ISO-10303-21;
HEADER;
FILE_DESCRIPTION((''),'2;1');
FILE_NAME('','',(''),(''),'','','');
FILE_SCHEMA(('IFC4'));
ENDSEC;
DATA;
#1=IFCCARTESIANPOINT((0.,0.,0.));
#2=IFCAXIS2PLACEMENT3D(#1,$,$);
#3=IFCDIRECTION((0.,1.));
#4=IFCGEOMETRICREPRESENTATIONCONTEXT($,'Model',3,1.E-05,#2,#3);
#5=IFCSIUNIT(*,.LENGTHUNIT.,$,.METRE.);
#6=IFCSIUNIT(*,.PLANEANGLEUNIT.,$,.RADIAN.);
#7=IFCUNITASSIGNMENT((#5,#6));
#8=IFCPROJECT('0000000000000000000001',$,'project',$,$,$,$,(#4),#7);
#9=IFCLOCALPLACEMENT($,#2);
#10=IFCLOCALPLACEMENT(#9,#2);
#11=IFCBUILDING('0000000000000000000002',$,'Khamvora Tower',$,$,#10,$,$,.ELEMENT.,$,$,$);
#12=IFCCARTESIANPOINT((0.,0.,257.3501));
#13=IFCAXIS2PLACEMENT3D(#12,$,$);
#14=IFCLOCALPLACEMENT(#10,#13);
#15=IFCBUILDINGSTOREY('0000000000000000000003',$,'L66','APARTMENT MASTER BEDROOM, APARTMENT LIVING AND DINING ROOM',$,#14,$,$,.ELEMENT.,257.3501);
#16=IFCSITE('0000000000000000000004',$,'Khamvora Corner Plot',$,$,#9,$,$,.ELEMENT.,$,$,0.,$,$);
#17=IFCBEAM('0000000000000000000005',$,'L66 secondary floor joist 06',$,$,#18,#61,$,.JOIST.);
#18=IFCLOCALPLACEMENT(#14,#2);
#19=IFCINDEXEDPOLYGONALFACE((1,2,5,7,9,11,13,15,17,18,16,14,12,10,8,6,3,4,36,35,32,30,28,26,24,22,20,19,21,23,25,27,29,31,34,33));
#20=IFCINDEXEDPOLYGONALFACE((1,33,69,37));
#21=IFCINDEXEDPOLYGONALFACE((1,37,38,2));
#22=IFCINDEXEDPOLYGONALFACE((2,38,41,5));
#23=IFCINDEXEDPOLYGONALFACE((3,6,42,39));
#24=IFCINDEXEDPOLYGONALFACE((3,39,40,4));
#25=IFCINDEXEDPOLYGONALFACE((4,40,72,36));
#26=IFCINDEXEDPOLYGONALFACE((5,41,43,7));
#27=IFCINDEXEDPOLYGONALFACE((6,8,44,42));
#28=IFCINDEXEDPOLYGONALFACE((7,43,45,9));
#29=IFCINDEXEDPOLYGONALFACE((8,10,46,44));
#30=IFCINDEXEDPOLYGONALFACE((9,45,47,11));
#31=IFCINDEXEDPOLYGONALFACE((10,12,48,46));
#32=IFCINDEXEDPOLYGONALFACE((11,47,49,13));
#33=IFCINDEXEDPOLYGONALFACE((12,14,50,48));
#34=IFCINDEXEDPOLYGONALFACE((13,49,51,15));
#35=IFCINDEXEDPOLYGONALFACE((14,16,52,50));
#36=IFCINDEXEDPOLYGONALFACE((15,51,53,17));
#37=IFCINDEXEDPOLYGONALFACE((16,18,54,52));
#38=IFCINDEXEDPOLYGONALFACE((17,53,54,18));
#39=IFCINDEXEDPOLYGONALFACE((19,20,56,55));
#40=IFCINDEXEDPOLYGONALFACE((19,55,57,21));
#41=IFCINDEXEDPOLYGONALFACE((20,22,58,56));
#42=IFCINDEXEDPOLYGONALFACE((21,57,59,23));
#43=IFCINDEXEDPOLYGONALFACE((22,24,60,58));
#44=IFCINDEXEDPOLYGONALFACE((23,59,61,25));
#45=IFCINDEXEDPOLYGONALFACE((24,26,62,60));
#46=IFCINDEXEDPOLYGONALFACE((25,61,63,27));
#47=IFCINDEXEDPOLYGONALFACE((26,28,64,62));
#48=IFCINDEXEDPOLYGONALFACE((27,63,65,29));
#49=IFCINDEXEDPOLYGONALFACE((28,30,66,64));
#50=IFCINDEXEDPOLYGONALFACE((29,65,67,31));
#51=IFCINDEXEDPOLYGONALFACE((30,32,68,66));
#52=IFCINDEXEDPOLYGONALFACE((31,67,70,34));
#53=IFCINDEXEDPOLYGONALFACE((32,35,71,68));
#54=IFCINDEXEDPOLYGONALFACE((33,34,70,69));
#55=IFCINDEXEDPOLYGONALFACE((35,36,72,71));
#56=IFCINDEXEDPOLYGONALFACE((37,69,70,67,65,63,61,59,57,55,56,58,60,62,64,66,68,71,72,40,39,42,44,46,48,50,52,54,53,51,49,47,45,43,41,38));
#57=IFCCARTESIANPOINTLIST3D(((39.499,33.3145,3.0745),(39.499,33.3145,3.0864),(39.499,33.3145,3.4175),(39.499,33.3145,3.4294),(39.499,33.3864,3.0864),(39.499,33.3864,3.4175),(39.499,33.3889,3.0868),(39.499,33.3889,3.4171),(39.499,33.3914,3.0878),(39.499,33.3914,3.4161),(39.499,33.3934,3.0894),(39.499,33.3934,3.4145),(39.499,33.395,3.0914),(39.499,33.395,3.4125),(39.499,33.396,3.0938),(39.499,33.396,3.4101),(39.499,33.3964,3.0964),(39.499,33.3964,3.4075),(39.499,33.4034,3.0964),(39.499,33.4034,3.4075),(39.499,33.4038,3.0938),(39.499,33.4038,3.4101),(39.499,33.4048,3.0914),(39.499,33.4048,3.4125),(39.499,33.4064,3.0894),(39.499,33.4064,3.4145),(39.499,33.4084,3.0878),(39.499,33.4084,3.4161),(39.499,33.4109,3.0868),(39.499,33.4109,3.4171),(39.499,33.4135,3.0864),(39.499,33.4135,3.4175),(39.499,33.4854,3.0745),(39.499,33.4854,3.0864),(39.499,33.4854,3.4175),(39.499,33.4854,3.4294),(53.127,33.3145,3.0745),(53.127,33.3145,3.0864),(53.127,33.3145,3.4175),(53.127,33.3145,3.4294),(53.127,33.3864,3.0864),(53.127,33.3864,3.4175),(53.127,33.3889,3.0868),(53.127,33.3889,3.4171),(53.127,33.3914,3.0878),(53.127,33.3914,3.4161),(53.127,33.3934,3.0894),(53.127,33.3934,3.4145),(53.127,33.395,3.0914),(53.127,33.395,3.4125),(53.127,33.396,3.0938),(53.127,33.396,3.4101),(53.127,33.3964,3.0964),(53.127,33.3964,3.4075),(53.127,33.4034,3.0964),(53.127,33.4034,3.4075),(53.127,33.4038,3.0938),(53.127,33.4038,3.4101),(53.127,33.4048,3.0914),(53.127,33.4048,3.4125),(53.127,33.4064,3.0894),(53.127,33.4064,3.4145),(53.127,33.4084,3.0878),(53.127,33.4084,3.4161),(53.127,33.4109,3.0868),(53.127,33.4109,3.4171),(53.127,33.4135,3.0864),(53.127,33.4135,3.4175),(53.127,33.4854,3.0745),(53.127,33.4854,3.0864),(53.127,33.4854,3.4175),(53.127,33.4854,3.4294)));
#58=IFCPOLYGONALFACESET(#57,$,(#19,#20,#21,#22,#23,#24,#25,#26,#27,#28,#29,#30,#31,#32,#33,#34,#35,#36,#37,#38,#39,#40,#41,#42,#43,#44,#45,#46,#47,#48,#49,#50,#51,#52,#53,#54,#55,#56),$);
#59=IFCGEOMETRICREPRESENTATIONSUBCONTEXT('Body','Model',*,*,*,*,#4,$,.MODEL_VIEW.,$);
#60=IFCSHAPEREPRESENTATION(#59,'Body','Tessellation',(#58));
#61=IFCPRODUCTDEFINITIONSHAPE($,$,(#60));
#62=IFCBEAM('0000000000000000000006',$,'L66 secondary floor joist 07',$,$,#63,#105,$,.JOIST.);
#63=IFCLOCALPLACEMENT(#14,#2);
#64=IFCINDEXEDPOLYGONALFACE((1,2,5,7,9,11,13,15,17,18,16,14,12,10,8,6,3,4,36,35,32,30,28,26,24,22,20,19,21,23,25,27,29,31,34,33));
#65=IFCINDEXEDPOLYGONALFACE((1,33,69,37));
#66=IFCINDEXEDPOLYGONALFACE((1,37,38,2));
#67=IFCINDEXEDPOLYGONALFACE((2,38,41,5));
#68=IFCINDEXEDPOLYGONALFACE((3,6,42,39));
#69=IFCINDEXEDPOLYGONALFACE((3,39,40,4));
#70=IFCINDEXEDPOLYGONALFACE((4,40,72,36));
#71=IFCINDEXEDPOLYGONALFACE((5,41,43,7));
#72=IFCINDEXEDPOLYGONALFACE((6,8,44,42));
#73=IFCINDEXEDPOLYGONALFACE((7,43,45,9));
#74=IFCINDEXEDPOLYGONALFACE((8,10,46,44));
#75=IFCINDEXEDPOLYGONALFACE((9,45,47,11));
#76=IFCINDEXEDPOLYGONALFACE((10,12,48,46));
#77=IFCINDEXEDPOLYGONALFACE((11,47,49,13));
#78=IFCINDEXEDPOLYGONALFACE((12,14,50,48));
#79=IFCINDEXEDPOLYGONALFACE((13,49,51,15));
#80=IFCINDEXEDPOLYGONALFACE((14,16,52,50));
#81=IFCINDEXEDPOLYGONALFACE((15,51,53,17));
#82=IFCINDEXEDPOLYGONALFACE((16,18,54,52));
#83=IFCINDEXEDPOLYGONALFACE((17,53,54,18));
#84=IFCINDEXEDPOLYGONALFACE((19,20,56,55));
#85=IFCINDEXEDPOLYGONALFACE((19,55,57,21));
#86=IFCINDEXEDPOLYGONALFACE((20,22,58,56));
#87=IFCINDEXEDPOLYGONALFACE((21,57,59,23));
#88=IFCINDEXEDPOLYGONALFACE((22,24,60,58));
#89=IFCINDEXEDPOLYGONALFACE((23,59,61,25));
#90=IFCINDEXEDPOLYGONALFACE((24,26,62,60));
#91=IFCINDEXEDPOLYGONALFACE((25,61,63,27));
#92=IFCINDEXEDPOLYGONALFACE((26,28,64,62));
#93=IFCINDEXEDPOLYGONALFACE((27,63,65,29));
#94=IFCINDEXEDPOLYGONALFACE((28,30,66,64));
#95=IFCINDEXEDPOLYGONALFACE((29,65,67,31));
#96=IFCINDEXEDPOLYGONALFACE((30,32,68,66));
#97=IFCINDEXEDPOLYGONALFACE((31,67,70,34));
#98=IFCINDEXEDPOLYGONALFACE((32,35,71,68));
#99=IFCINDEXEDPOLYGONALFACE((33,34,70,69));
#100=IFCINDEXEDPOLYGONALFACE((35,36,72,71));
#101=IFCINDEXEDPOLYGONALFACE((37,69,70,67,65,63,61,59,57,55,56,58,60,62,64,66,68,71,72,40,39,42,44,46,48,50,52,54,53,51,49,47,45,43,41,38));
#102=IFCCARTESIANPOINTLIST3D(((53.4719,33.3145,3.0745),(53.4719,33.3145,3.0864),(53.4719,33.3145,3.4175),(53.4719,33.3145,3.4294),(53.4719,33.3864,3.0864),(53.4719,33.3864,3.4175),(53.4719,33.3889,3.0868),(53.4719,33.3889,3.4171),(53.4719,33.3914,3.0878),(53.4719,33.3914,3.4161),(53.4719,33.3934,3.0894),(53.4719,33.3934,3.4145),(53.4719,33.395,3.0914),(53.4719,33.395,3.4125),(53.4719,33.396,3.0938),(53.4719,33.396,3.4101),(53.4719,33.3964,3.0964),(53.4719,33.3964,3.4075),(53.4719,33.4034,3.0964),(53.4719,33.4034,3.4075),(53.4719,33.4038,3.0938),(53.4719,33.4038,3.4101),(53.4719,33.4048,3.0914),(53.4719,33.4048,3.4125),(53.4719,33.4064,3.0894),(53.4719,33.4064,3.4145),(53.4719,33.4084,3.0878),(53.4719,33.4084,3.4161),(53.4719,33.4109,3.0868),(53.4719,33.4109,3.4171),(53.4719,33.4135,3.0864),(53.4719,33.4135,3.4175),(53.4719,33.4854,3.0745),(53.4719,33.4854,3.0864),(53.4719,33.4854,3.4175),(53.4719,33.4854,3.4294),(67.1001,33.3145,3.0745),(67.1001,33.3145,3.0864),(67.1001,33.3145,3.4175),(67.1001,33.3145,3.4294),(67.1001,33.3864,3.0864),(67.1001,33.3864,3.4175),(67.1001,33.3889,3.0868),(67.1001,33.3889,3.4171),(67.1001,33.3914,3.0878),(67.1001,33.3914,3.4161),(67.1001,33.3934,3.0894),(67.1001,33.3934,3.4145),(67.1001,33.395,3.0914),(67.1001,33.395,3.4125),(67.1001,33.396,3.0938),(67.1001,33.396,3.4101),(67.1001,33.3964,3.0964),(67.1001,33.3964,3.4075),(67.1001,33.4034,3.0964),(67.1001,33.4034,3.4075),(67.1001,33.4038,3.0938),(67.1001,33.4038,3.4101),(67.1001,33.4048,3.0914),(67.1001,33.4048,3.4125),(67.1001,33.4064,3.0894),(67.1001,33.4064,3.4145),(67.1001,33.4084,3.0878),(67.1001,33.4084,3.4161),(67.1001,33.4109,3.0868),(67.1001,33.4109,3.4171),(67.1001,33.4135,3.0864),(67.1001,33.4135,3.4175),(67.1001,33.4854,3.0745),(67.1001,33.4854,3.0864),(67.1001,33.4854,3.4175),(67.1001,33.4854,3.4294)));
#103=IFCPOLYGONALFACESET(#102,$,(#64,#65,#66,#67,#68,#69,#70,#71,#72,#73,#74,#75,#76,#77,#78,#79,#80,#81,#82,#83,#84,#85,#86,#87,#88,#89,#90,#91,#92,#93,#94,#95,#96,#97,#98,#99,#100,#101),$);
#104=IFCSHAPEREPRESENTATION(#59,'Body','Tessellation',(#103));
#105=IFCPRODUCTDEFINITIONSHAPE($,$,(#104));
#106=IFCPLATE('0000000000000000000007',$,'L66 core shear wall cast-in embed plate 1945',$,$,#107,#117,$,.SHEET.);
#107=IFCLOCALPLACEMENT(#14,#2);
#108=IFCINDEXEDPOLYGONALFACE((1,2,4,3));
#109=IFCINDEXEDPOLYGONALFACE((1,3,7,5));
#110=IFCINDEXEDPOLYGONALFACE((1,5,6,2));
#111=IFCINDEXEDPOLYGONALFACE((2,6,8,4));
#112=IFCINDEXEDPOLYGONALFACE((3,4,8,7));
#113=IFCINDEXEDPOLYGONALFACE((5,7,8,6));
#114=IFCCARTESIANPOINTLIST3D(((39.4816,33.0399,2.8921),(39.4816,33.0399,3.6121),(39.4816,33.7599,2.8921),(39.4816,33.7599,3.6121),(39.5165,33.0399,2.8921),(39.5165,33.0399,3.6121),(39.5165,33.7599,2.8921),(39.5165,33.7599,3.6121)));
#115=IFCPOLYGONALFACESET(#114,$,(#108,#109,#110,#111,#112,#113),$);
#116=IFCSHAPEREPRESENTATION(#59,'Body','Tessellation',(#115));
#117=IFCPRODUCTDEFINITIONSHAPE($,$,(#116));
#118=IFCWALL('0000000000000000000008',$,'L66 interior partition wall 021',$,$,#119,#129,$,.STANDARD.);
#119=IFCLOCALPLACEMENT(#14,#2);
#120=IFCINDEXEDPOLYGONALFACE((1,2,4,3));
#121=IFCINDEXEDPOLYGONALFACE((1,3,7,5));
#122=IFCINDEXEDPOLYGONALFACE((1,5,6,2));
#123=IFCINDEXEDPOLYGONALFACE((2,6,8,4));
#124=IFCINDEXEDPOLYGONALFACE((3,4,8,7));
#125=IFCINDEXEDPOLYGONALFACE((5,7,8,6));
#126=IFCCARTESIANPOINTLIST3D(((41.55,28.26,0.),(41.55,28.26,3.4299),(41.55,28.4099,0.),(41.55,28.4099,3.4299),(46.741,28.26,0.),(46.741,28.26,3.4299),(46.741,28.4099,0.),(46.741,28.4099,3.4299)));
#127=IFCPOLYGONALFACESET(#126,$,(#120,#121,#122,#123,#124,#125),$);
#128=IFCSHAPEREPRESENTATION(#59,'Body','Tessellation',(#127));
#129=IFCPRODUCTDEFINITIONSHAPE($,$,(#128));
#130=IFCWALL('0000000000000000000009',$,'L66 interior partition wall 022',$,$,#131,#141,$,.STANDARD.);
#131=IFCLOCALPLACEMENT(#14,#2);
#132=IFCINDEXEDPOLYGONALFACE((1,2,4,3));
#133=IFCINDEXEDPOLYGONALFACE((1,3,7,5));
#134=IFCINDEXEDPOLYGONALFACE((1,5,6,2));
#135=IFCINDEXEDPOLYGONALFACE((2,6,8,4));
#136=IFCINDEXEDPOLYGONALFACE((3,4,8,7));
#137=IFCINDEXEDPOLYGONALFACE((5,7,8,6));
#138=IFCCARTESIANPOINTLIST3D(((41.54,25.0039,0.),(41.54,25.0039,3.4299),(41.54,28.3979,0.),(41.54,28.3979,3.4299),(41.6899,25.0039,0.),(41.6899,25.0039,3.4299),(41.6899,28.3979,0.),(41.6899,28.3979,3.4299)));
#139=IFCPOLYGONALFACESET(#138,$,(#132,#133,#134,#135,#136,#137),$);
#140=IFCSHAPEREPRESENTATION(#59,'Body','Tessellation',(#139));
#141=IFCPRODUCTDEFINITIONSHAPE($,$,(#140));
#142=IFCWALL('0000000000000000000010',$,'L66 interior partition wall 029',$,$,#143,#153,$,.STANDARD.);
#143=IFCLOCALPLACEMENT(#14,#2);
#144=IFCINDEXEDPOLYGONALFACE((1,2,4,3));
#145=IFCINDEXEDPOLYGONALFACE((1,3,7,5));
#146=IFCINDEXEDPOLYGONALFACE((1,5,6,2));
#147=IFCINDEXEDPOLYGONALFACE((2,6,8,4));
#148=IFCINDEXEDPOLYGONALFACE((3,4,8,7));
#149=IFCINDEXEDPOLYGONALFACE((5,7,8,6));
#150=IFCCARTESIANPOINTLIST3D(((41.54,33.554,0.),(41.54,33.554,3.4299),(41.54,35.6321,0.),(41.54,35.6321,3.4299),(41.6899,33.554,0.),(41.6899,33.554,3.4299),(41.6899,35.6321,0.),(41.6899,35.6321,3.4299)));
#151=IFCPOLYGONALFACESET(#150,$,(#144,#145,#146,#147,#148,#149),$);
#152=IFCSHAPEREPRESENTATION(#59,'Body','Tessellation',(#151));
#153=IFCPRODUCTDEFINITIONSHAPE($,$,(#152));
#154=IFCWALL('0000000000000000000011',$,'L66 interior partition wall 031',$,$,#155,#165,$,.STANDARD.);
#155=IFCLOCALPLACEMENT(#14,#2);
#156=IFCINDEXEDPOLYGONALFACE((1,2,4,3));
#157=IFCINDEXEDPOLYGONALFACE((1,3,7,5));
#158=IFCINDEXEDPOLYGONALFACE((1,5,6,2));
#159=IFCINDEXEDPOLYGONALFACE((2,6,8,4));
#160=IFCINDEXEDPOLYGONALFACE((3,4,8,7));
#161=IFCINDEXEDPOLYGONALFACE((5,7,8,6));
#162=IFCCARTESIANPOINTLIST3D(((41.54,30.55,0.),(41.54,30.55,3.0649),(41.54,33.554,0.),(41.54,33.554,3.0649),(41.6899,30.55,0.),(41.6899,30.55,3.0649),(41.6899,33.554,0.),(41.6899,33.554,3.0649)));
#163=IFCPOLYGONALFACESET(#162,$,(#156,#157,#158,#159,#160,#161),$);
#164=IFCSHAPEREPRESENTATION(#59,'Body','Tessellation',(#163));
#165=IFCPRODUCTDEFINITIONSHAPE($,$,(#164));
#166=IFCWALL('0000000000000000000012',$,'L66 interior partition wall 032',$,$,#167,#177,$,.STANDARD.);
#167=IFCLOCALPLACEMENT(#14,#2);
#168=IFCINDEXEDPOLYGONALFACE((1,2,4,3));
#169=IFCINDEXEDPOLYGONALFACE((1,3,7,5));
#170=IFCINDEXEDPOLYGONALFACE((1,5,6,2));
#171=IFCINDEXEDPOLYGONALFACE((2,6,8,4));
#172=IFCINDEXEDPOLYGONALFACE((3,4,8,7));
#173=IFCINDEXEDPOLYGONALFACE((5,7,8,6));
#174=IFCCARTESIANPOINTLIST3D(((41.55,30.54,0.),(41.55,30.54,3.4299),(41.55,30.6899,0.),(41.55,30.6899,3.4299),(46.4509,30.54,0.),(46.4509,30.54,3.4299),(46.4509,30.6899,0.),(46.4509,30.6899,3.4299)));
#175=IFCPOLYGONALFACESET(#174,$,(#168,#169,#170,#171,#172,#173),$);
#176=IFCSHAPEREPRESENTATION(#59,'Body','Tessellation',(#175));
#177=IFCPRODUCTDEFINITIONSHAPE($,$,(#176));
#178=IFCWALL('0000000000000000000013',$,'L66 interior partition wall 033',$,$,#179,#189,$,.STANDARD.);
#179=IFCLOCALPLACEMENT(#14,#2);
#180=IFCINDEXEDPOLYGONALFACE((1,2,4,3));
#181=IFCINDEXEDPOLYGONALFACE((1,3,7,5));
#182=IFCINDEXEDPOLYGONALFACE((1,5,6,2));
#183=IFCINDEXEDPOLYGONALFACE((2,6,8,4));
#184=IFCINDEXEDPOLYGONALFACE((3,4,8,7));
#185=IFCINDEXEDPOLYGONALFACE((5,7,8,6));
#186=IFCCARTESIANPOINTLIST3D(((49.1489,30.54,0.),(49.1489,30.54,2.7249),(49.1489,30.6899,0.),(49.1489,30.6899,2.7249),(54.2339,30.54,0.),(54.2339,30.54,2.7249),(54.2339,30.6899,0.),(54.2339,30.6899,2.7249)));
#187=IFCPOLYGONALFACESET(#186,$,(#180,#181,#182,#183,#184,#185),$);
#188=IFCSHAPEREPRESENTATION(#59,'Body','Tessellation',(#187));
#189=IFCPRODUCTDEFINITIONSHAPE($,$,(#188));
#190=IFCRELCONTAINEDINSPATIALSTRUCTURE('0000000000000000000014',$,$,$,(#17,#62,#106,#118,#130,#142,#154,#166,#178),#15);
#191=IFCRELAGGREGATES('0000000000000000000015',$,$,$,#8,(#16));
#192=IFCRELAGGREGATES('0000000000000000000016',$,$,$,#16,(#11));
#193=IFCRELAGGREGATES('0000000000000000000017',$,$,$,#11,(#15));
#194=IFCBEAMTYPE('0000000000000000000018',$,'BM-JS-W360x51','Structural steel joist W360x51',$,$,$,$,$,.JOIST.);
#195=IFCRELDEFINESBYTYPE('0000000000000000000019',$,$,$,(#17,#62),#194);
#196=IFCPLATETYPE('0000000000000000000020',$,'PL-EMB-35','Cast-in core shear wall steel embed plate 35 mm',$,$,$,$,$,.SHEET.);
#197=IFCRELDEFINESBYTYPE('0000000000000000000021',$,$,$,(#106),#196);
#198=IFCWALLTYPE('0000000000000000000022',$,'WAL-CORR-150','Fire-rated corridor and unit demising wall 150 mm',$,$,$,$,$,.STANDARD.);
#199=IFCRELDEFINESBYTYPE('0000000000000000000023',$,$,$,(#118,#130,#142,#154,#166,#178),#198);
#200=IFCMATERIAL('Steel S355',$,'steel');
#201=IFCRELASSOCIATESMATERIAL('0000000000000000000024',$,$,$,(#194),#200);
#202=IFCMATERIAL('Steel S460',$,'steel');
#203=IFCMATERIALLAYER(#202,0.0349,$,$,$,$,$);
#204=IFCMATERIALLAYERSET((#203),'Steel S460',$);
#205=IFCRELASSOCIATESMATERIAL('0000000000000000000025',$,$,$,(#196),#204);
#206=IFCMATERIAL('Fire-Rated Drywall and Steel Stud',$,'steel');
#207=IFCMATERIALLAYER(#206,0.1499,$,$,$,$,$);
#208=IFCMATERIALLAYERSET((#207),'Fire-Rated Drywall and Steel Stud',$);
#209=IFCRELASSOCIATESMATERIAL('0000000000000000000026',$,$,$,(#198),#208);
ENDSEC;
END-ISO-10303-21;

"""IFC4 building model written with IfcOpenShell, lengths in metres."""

from ifc_helpers import new_model, si_unit, direction, frame, frame_2d, origin, origin_2d, place, context, subcontext, project, spatial, rectangle, i_section, extrude, material, layer, layer_set, material_profile, profile_set, type_object, element, save


model = new_model("IFC4")

# Units and contexts
model_context = context("Model", 3, precision=1e-05, world=origin(), true_north=direction((0.0, 1.0)))
body_context = subcontext(model_context, "Body", "Model", "MODEL_VIEW")
ifc_project = project(units=[si_unit("LENGTHUNIT", "METRE"), si_unit("PLANEANGLEUNIT", "RADIAN")], contexts=[model_context])

# Site, building, storey
site_placement = place(None, origin())
site = spatial("IfcSite", under=ifc_project, at=site_placement, Name="Khamvora Corner Plot", CompositionType="ELEMENT", RefElevation=0.0)
building_placement = place(site_placement, origin())
building = spatial("IfcBuilding", under=site, at=building_placement, Name="Khamvora Tower", CompositionType="ELEMENT")
storey_placement = place(building_placement, frame((0.0, 0.0, 257.3501)))
storey = spatial("IfcBuildingStorey", under=building, at=storey_placement, Name="L66", Description="APARTMENT MASTER BEDROOM, APARTMENT LIVING AND DINING ROOM", CompositionType="ELEMENT", Elevation=257.3501)

# Beams
ifc_material_1 = material(Name="Steel S355", Category="steel")
ifc_material_profile = material_profile(ifc_material_1, i_section(OverallWidth=0.1709, OverallDepth=0.355, WebThickness=0.0071, FlangeThickness=0.012, FilletRadius=0.01, at=origin_2d()), Name="W360x51")
ifc_profile_set = profile_set([ifc_material_profile], Name="Steel S355")
beam_type = type_object("IfcBeamType", Name="BM-JS-W360x51", Description="Structural steel joist W360x51", PredefinedType="JOIST", material=ifc_profile_set)
beam_1_placement = place(storey_placement, frame((39.499, 33.3999, 3.252), z_axis=(1.0, 0.0, 0.0), x_axis=(0.0, 1.0, 0.0)))
element("IfcBeam", 1, at=beam_1_placement, inside=storey, type_object=beam_type, Name="L66 secondary floor joist 06", PredefinedType="JOIST", context=body_context, shape_type="SweptSolid", body=[
    extrude(i_section(OverallWidth=0.1709, OverallDepth=0.355, WebThickness=0.0071, FlangeThickness=0.012, FilletRadius=0.01, at=origin_2d()), origin(), (0.0, 0.0, 1.0), 13.6279),
])
beam_2_placement = place(storey_placement, frame((53.4719, 33.3999, 3.252), z_axis=(1.0, 0.0, 0.0), x_axis=(0.0, 1.0, 0.0)))
element("IfcBeam", 2, at=beam_2_placement, inside=storey, type_object=beam_type, Name="L66 secondary floor joist 07", PredefinedType="JOIST", context=body_context, shape_type="SweptSolid", body=[
    extrude(i_section(OverallWidth=0.1709, OverallDepth=0.355, WebThickness=0.0071, FlangeThickness=0.012, FilletRadius=0.01, at=origin_2d()), origin(), (0.0, 0.0, 1.0), 13.6282),
])

# Plate
ifc_material_2 = material(Name="Steel S460", Category="steel")
ifc_layer_1 = layer(ifc_material_2, 0.0349)
ifc_layer_set_1 = layer_set([ifc_layer_1], Name="Steel S460")
plate_type = type_object("IfcPlateType", Name="PL-EMB-35", Description="Cast-in core shear wall steel embed plate 35 mm", PredefinedType="SHEET", material=ifc_layer_set_1)
plate_placement = place(storey_placement, frame((39.499, 33.3999, 2.8921), z_axis=(0.0, 0.0, 1.0), x_axis=(1.0, 0.0, 0.0)))
element("IfcPlate", 3, at=plate_placement, inside=storey, type_object=plate_type, Name="L66 core shear wall cast-in embed plate 1945", PredefinedType="SHEET", context=body_context, shape_type="SweptSolid", body=[
    extrude(rectangle(XDim=0.0349, YDim=0.72, at=origin_2d()), origin(), (0.0, 0.0, 1.0), 0.72),
])

# Shared definitions
ifc_material_3 = material(Name="Fire-Rated Drywall and Steel Stud", Category="steel")
ifc_layer_2 = layer(ifc_material_3, 0.1499)
ifc_layer_set_2 = layer_set([ifc_layer_2], Name="Fire-Rated Drywall and Steel Stud")
wall_type_1 = type_object("IfcWallType", Name="WAL-CORR-150", Description="Fire-rated corridor and unit demising wall 150 mm", PredefinedType="STANDARD", material=ifc_layer_set_2)

# Walls
wall_1_placement = place(storey_placement, frame((46.741, 28.335, 0.0), z_axis=(0.0, 0.0, 1.0), x_axis=(-1.0, 0.0, 0.0)))
element("IfcWall", 4, at=wall_1_placement, inside=storey, type_object=wall_type_1, Name="L66 interior partition wall 021", PredefinedType="STANDARD", context=body_context, shape_type="SweptSolid", body=[
    extrude(rectangle(XDim=5.1909, YDim=0.1499, at=frame_2d((2.5955, 0.0))), origin(), (0.0, 0.0, 1.0), 3.4299),
])
wall_2_placement = place(storey_placement, frame((41.615, 28.3979, 0.0), z_axis=(0.0, 0.0, 1.0), x_axis=(0.0, -1.0, 0.0)))
element("IfcWall", 5, at=wall_2_placement, inside=storey, type_object=wall_type_1, Name="L66 interior partition wall 022", PredefinedType="STANDARD", context=body_context, shape_type="SweptSolid", body=[
    extrude(rectangle(XDim=3.394, YDim=0.1499, at=frame_2d((1.697, 0.0))), origin(), (0.0, 0.0, 1.0), 3.4299),
])
wall_3_placement = place(storey_placement, frame((41.615, 35.6321, 0.0), z_axis=(0.0, 0.0, 1.0), x_axis=(0.0, -1.0, 0.0)))
element("IfcWall", 6, at=wall_3_placement, inside=storey, type_object=wall_type_1, Name="L66 interior partition wall 029", PredefinedType="STANDARD", context=body_context, shape_type="SweptSolid", body=[
    extrude(rectangle(XDim=2.0781, YDim=0.1499, at=frame_2d((1.0391, 0.0))), origin(), (0.0, 0.0, 1.0), 3.4299),
])

# Walls
wall_4_placement = place(storey_placement, frame((41.615, 33.554, 0.0), z_axis=(0.0, 0.0, 1.0), x_axis=(0.0, -1.0, 0.0)))
element("IfcWall", 7, at=wall_4_placement, inside=storey, type_object=wall_type_1, Name="L66 interior partition wall 031", PredefinedType="STANDARD", context=body_context, shape_type="SweptSolid", body=[
    extrude(rectangle(XDim=3.0039, YDim=0.1499, at=frame_2d((1.502, 0.0))), origin(), (0.0, 0.0, 1.0), 3.0649),
])
wall_5_placement = place(storey_placement, frame((41.55, 30.615, 0.0), z_axis=(0.0, 0.0, 1.0), x_axis=(1.0, 0.0, 0.0)))
element("IfcWall", 8, at=wall_5_placement, inside=storey, type_object=wall_type_1, Name="L66 interior partition wall 032", PredefinedType="STANDARD", context=body_context, shape_type="SweptSolid", body=[
    extrude(rectangle(XDim=4.9009, YDim=0.1499, at=frame_2d((2.4504, 0.0))), origin(), (0.0, 0.0, 1.0), 3.4299),
])
wall_6_placement = place(storey_placement, frame((49.1489, 30.615, 0.0), z_axis=(0.0, 0.0, 1.0), x_axis=(1.0, 0.0, 0.0)))
element("IfcWall", 9, at=wall_6_placement, inside=storey, type_object=wall_type_1, Name="L66 interior partition wall 033", PredefinedType="STANDARD", context=body_context, shape_type="SweptSolid", body=[
    extrude(rectangle(XDim=5.085, YDim=0.1499, at=frame_2d((2.5425, 0.0))), origin(), (0.0, 0.0, 1.0), 2.7249),
])

save(model, "model.ifc")
